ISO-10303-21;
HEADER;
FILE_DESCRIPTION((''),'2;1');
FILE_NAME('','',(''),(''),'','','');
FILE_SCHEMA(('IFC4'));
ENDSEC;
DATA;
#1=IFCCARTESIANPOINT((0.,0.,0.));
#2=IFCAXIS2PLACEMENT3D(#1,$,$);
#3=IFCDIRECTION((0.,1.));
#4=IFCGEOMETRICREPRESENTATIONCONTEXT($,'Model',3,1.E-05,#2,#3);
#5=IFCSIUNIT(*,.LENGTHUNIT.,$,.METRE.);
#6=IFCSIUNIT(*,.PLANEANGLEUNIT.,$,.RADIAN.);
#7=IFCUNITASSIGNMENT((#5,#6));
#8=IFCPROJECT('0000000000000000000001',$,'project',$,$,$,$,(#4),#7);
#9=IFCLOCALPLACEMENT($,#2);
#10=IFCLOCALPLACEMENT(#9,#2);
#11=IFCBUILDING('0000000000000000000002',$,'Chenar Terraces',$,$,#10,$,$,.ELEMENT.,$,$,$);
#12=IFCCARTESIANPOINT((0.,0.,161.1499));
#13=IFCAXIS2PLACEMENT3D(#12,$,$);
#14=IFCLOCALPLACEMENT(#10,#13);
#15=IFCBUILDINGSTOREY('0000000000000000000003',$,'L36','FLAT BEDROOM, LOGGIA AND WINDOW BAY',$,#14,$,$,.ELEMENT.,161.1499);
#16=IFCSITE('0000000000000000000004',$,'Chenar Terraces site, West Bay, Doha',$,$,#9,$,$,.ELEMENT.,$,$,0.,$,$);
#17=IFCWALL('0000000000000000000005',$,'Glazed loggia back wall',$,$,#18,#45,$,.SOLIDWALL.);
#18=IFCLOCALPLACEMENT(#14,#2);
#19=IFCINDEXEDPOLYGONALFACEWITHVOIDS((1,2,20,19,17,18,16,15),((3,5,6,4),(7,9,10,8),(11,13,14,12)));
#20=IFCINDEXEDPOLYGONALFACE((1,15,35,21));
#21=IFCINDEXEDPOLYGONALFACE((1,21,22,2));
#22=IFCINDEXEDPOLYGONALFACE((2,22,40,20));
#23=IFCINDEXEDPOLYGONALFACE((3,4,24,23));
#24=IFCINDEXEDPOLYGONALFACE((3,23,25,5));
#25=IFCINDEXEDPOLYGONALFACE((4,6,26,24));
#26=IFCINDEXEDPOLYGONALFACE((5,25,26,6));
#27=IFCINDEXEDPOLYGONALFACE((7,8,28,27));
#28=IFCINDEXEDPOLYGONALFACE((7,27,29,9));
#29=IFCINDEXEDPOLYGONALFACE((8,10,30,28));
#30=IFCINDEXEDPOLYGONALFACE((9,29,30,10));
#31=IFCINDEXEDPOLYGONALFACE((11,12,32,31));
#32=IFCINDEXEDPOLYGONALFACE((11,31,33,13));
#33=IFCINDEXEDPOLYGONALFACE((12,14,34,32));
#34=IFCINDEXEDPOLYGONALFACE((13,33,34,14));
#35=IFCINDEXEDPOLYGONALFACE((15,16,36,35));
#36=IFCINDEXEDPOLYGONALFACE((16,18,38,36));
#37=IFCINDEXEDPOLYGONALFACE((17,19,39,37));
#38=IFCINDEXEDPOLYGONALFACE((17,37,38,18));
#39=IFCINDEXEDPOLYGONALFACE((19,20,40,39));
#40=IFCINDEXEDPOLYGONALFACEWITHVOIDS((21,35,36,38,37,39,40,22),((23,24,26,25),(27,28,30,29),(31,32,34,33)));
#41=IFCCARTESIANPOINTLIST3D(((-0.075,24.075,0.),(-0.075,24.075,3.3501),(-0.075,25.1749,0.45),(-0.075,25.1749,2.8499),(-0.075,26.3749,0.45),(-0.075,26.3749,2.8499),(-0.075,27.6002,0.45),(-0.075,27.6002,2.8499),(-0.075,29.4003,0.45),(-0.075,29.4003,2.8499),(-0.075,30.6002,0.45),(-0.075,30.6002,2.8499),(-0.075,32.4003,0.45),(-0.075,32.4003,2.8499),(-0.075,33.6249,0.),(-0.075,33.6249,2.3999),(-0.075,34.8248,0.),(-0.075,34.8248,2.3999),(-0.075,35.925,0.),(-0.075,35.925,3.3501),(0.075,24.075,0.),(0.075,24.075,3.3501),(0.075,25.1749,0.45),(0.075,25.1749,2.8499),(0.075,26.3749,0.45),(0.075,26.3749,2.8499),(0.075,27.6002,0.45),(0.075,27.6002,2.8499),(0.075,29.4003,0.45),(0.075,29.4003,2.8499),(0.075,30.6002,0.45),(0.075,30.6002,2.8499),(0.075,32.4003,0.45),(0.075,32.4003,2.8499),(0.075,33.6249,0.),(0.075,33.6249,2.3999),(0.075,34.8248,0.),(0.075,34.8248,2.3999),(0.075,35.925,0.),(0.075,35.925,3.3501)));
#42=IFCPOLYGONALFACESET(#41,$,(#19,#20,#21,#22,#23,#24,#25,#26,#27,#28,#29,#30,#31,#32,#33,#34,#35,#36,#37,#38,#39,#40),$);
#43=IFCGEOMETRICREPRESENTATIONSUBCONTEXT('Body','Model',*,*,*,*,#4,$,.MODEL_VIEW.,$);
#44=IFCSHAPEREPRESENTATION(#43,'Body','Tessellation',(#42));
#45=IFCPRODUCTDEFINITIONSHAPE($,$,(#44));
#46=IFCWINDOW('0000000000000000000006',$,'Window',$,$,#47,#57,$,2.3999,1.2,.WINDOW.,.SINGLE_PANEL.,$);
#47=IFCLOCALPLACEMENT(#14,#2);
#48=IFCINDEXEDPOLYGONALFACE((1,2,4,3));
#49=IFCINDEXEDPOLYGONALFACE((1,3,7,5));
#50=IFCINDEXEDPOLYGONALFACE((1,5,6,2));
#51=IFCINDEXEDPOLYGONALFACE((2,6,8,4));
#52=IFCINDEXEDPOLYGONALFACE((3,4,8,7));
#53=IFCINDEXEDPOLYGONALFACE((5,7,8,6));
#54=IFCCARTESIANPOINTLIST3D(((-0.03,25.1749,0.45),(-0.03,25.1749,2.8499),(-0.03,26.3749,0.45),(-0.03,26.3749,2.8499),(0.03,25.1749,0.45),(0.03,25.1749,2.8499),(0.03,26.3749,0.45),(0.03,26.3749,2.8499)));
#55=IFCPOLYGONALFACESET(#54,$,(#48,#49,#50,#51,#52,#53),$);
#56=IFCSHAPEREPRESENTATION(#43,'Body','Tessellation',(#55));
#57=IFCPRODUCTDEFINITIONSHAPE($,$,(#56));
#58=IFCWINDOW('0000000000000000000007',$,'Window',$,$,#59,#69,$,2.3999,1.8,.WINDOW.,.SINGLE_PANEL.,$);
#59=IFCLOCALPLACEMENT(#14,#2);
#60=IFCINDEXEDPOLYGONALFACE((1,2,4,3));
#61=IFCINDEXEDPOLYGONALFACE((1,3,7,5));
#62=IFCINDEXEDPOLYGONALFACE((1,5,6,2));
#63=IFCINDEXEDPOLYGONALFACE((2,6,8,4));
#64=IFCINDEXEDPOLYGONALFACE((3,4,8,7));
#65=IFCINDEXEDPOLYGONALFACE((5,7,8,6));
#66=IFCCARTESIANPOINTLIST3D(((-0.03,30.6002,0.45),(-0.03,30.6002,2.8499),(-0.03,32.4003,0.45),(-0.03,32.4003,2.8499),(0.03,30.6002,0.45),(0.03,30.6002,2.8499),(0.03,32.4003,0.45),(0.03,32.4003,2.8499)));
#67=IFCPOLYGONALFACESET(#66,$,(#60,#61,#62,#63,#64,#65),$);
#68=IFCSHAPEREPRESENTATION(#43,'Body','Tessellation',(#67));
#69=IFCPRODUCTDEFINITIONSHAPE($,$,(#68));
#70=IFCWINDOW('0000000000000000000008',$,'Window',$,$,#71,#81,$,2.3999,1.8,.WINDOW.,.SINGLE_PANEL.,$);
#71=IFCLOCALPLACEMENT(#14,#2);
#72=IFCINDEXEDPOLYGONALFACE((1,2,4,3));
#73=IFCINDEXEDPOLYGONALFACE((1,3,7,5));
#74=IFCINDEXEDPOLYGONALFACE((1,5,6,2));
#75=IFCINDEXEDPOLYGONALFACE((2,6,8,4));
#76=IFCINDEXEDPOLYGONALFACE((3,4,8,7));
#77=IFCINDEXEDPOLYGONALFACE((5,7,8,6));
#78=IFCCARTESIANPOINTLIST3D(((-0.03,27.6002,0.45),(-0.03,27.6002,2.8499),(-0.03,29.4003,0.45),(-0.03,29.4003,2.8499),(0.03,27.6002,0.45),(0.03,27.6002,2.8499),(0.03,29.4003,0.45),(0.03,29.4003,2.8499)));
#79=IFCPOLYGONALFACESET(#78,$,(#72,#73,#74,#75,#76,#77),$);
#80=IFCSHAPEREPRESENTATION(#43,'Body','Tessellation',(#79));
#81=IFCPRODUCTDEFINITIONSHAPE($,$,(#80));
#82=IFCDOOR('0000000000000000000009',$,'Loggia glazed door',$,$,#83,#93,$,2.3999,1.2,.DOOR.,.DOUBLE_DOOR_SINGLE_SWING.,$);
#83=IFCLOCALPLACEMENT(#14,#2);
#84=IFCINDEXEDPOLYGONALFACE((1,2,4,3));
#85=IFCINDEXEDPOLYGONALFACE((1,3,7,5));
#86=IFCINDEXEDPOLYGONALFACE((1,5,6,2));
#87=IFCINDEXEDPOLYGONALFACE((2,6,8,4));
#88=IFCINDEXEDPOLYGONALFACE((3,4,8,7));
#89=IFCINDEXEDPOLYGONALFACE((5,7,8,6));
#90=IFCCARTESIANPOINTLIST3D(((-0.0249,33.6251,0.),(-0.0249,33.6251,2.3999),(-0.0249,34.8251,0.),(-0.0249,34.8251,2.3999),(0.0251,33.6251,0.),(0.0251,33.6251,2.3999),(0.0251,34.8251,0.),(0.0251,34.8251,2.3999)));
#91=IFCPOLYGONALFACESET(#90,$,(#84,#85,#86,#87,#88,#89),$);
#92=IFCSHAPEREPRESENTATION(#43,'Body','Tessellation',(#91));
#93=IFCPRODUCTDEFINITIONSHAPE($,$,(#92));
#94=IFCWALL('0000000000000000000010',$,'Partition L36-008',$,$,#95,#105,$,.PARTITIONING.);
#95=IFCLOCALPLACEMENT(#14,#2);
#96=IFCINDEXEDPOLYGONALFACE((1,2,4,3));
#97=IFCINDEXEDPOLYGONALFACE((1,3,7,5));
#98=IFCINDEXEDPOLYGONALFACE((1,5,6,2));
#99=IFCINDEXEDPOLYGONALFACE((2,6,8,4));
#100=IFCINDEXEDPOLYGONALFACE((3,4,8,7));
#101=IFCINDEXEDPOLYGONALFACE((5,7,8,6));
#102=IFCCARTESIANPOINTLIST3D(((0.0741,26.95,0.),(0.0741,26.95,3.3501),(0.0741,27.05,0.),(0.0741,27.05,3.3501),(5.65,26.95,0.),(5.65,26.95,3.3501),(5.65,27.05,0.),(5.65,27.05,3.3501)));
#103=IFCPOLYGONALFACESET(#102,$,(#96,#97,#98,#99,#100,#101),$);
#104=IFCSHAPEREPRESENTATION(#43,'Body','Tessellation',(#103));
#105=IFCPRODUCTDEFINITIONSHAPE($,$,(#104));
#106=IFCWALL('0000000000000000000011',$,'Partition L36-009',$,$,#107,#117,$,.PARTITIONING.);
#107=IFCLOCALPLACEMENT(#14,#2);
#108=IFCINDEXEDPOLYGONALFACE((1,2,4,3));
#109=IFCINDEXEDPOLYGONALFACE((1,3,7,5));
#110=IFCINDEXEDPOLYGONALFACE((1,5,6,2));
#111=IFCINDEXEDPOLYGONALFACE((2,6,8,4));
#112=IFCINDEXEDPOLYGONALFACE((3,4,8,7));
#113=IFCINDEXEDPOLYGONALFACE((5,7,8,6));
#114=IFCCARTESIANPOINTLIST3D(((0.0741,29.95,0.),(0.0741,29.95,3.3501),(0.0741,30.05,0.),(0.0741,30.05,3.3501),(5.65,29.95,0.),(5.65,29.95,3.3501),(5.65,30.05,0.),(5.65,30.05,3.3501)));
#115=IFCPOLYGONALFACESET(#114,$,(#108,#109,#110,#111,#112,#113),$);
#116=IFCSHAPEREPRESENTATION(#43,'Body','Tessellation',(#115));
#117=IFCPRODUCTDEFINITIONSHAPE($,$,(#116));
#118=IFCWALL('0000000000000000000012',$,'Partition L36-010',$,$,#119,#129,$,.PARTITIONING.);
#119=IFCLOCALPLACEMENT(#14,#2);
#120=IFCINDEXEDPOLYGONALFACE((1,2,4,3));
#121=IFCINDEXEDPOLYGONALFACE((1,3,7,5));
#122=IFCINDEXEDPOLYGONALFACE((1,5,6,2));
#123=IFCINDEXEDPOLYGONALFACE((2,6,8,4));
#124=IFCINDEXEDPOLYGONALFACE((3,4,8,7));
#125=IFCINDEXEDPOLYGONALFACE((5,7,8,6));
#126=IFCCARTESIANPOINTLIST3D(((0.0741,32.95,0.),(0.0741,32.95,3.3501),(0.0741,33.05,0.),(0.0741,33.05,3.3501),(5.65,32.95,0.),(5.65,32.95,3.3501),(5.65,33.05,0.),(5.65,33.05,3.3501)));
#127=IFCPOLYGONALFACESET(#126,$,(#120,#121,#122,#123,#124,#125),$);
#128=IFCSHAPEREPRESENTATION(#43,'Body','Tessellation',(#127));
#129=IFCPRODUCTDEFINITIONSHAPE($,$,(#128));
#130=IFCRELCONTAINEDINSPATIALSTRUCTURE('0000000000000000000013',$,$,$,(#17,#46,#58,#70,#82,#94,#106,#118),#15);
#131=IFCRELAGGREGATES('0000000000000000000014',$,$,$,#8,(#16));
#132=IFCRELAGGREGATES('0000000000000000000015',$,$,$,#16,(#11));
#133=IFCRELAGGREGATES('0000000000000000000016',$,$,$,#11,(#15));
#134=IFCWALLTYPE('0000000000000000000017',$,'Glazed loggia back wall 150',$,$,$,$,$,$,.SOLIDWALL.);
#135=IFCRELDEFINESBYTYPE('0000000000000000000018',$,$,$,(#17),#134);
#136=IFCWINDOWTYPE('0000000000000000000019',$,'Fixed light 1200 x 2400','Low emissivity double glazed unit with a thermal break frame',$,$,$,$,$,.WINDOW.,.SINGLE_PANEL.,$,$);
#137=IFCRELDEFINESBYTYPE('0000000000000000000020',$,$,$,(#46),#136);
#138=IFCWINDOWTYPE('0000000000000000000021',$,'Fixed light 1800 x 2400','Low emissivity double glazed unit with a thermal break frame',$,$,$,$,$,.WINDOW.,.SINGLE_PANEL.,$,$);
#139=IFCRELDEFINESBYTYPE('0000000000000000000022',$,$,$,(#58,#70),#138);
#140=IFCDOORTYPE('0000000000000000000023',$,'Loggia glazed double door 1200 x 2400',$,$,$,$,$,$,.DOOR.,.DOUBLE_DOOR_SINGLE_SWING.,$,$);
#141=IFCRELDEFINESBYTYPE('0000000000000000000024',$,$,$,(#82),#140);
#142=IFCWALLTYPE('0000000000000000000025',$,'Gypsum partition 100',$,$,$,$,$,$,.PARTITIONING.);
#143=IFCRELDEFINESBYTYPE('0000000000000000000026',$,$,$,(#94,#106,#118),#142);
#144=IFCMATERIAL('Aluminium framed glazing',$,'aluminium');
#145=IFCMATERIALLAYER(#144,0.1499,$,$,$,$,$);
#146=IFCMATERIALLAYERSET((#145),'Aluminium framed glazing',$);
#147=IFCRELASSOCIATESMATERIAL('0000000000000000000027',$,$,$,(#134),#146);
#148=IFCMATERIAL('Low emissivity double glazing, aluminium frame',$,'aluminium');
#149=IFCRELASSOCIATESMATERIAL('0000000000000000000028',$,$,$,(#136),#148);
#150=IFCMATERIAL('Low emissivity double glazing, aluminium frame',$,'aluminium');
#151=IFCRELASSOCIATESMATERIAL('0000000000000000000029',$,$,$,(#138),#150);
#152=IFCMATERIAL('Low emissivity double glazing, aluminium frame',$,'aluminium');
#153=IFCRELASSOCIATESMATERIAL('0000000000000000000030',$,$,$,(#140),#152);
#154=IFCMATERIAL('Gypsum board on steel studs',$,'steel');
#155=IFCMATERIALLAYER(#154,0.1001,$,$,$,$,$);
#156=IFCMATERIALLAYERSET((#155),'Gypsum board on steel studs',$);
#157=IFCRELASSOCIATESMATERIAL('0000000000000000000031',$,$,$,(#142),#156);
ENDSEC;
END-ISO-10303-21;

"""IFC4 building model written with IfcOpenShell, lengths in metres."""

from ifc_helpers import new_model, si_unit, direction, frame, frame_2d, origin, place, context, subcontext, project, spatial, rectangle, extrude, material, layer, layer_set, type_object, element, fill, save


model = new_model("IFC4")

# Units and contexts
model_context = context("Model", 3, precision=1e-05, world=origin(), true_north=direction((0.0, 1.0)))
body_context = subcontext(model_context, "Body", "Model", "MODEL_VIEW")
ifc_project = project(units=[si_unit("LENGTHUNIT", "METRE"), si_unit("PLANEANGLEUNIT", "RADIAN")], contexts=[model_context])

# Site, building, storey
site_placement = place(None, origin())
site = spatial("IfcSite", under=ifc_project, at=site_placement, Name="Chenar Terraces site, West Bay, Doha", CompositionType="ELEMENT", RefElevation=0.0)
building_placement = place(site_placement, origin())
building = spatial("IfcBuilding", under=site, at=building_placement, Name="Chenar Terraces", CompositionType="ELEMENT")
storey_placement = place(building_placement, frame((0.0, 0.0, 161.1499)))
storey = spatial("IfcBuildingStorey", under=building, at=storey_placement, Name="L36", Description="FLAT BEDROOM, LOGGIA AND WINDOW BAY", CompositionType="ELEMENT", Elevation=161.1499)

# Wall, openings, windows, door
ifc_material_1 = material(Name="Aluminium framed glazing", Category="aluminium")
ifc_layer_1 = layer(ifc_material_1, 0.1499)
ifc_layer_set_1 = layer_set([ifc_layer_1], Name="Aluminium framed glazing")
wall_type_1 = type_object("IfcWallType", Name="Glazed loggia back wall 150", PredefinedType="SOLIDWALL", material=ifc_layer_set_1)
wall_1_placement = place(storey_placement, frame((0.0, 35.925, 0.0), z_axis=(0.0, 0.0, 1.0), x_axis=(0.0, -1.0, 0.0)))
wall_1 = element("IfcWall", 1, at=wall_1_placement, inside=storey, type_object=wall_type_1, Name="Glazed loggia back wall", PredefinedType="SOLIDWALL", context=body_context, shape_type="SweptSolid", body=[
    extrude(rectangle(XDim=11.8501, YDim=0.1499, at=frame_2d((5.925, 0.0))), origin(), (0.0, 0.0, 1.0), 3.3501),
])
opening_1_placement = place(wall_1_placement, frame((1.1001, 0.0, 0.0)))
opening_1 = element("IfcOpeningElement", 2, at=opening_1_placement, cuts=wall_1, PredefinedType="OPENING", context=body_context, shape_type="SweptSolid", body=[
    extrude(rectangle(XDim=1.2, YDim=2.3999, at=frame_2d((0.6001, 1.2))), frame((0.0, 0.085, 0.0), z_axis=(0.0, -1.0, 0.0), x_axis=(1.0, 0.0, 0.0)), (0.0, 0.0, 1.0), 0.1699),
])
opening_2_placement = place(wall_1_placement, frame((3.5249, 0.0, 0.45)))
opening_2 = element("IfcOpeningElement", 3, at=opening_2_placement, cuts=wall_1, PredefinedType="OPENING", context=body_context, shape_type="SweptSolid", body=[
    extrude(rectangle(XDim=1.8, YDim=2.3999, at=frame_2d((0.8999, 1.2))), frame((0.0, 0.085, 0.0), z_axis=(0.0, -1.0, 0.0), x_axis=(1.0, 0.0, 0.0)), (0.0, 0.0, 1.0), 0.1699),
])
opening_3_placement = place(wall_1_placement, frame((6.5249, 0.0, 0.45)))
opening_3 = element("IfcOpeningElement", 4, at=opening_3_placement, cuts=wall_1, PredefinedType="OPENING", context=body_context, shape_type="SweptSolid", body=[
    extrude(rectangle(XDim=1.8, YDim=2.3999, at=frame_2d((0.8999, 1.2))), frame((0.0, 0.085, 0.0), z_axis=(0.0, -1.0, 0.0), x_axis=(1.0, 0.0, 0.0)), (0.0, 0.0, 1.0), 0.1699),
])
opening_4_placement = place(wall_1_placement, frame((9.55, 0.0, 0.45)))
opening_4 = element("IfcOpeningElement", 5, at=opening_4_placement, cuts=wall_1, PredefinedType="OPENING", context=body_context, shape_type="SweptSolid", body=[
    extrude(rectangle(XDim=1.2, YDim=2.3999, at=frame_2d((0.6001, 1.2))), frame((0.0, 0.085, 0.0), z_axis=(0.0, -1.0, 0.0), x_axis=(1.0, 0.0, 0.0)), (0.0, 0.0, 1.0), 0.1699),
])
ifc_material_2 = material(Name="Low emissivity double glazing, aluminium frame", Category="aluminium")
window_type_1 = type_object("IfcWindowType", Name="Fixed light 1200 x 2400", Description="Low emissivity double glazed unit with a thermal break frame", PartitioningType="SINGLE_PANEL", PredefinedType="WINDOW", material=ifc_material_2)
window_1_placement = place(opening_4_placement, origin())
window_1 = element("IfcWindow", 6, at=window_1_placement, inside=storey, type_object=window_type_1, Name="Window", OverallHeight=2.3999, OverallWidth=1.2, PartitioningType="SINGLE_PANEL", PredefinedType="WINDOW", context=body_context, shape_type="SweptSolid", body=[
    extrude(rectangle(XDim=1.2, YDim=2.3999, at=frame_2d((0.6001, 1.2))), frame((0.0, 0.03, 0.0), z_axis=(0.0, -1.0, 0.0), x_axis=(1.0, 0.0, 0.0)), (0.0, 0.0, 1.0), 0.0601),
])
fill(opening_4, window_1)
ifc_material_3 = material(Name="Low emissivity double glazing, aluminium frame", Category="aluminium")
window_type_2 = type_object("IfcWindowType", Name="Fixed light 1800 x 2400", Description="Low emissivity double glazed unit with a thermal break frame", PartitioningType="SINGLE_PANEL", PredefinedType="WINDOW", material=ifc_material_3)
window_2_placement = place(opening_2_placement, origin())
window_2 = element("IfcWindow", 7, at=window_2_placement, inside=storey, type_object=window_type_2, Name="Window", OverallHeight=2.3999, OverallWidth=1.8, PartitioningType="SINGLE_PANEL", PredefinedType="WINDOW", context=body_context, shape_type="SweptSolid", body=[
    extrude(rectangle(XDim=1.8, YDim=2.3999, at=frame_2d((0.8999, 1.2))), frame((0.0, 0.03, 0.0), z_axis=(0.0, -1.0, 0.0), x_axis=(1.0, 0.0, 0.0)), (0.0, 0.0, 1.0), 0.0601),
])
fill(opening_2, window_2)
window_3_placement = place(opening_3_placement, origin())
window_3 = element("IfcWindow", 8, at=window_3_placement, inside=storey, type_object=window_type_2, Name="Window", OverallHeight=2.3999, OverallWidth=1.8, PartitioningType="SINGLE_PANEL", PredefinedType="WINDOW", context=body_context, shape_type="SweptSolid", body=[
    extrude(rectangle(XDim=1.8, YDim=2.3999, at=frame_2d((0.8999, 1.2))), frame((0.0, 0.03, 0.0), z_axis=(0.0, -1.0, 0.0), x_axis=(1.0, 0.0, 0.0)), (0.0, 0.0, 1.0), 0.0601),
])
fill(opening_3, window_3)
ifc_material_4 = material(Name="Low emissivity double glazing, aluminium frame", Category="aluminium")
door_type_1 = type_object("IfcDoorType", Name="Loggia glazed double door 1200 x 2400", OperationType="DOUBLE_DOOR_SINGLE_SWING", PredefinedType="DOOR", material=ifc_material_4)
door_1_placement = place(opening_1_placement, frame((1.2, 0.0, 0.0), z_axis=(0.0, 0.0, 1.0), x_axis=(-1.0, 0.0, 0.0)))
door_1 = element("IfcDoor", 9, at=door_1_placement, inside=storey, type_object=door_type_1, Name="Loggia glazed door", OperationType="DOUBLE_DOOR_SINGLE_SWING", OverallHeight=2.3999, OverallWidth=1.2, PredefinedType="DOOR", context=body_context, shape_type="SweptSolid", body=[
    extrude(rectangle(XDim=1.2, YDim=2.3999, at=frame_2d((0.6001, 1.2))), frame((0.0, 0.0249, 0.0), z_axis=(0.0, -1.0, 0.0), x_axis=(1.0, 0.0, 0.0)), (0.0, 0.0, 1.0), 0.05),
])
fill(opening_1, door_1)

# Walls
ifc_material_5 = material(Name="Gypsum board on steel studs", Category="steel")
ifc_layer_2 = layer(ifc_material_5, 0.1001)
ifc_layer_set_2 = layer_set([ifc_layer_2], Name="Gypsum board on steel studs")
wall_type_2 = type_object("IfcWallType", Name="Gypsum partition 100", PredefinedType="PARTITIONING", material=ifc_layer_set_2)
for number, where, z_axis, x_axis, name in (
    (10, (0.074, 27.0, 0.0), (0.0, 0.0, 1.0), (1.0, 0.0, 0.0), "Partition L36-008"),
    (11, (0.074, 30.0, 0.0), (0.0, 0.0, 1.0), (1.0, 0.0, 0.0), "Partition L36-009"),
    (12, (0.074, 33.0, 0.0), (0.0, 0.0, 1.0), (1.0, 0.0, 0.0), "Partition L36-010"),
):
    element("IfcWall", number, at=place(storey_placement, frame(where, z_axis=z_axis, x_axis=x_axis)), inside=storey, type_object=wall_type_2, Name=name, PredefinedType="PARTITIONING", context=body_context, shape_type="SweptSolid", body=[
        extrude(rectangle(XDim=5.5759, YDim=0.1001, at=frame_2d((2.7881, 0.0))), origin(), (0.0, 0.0, 1.0), 3.3501),
    ])

save(model, "model.ifc")
